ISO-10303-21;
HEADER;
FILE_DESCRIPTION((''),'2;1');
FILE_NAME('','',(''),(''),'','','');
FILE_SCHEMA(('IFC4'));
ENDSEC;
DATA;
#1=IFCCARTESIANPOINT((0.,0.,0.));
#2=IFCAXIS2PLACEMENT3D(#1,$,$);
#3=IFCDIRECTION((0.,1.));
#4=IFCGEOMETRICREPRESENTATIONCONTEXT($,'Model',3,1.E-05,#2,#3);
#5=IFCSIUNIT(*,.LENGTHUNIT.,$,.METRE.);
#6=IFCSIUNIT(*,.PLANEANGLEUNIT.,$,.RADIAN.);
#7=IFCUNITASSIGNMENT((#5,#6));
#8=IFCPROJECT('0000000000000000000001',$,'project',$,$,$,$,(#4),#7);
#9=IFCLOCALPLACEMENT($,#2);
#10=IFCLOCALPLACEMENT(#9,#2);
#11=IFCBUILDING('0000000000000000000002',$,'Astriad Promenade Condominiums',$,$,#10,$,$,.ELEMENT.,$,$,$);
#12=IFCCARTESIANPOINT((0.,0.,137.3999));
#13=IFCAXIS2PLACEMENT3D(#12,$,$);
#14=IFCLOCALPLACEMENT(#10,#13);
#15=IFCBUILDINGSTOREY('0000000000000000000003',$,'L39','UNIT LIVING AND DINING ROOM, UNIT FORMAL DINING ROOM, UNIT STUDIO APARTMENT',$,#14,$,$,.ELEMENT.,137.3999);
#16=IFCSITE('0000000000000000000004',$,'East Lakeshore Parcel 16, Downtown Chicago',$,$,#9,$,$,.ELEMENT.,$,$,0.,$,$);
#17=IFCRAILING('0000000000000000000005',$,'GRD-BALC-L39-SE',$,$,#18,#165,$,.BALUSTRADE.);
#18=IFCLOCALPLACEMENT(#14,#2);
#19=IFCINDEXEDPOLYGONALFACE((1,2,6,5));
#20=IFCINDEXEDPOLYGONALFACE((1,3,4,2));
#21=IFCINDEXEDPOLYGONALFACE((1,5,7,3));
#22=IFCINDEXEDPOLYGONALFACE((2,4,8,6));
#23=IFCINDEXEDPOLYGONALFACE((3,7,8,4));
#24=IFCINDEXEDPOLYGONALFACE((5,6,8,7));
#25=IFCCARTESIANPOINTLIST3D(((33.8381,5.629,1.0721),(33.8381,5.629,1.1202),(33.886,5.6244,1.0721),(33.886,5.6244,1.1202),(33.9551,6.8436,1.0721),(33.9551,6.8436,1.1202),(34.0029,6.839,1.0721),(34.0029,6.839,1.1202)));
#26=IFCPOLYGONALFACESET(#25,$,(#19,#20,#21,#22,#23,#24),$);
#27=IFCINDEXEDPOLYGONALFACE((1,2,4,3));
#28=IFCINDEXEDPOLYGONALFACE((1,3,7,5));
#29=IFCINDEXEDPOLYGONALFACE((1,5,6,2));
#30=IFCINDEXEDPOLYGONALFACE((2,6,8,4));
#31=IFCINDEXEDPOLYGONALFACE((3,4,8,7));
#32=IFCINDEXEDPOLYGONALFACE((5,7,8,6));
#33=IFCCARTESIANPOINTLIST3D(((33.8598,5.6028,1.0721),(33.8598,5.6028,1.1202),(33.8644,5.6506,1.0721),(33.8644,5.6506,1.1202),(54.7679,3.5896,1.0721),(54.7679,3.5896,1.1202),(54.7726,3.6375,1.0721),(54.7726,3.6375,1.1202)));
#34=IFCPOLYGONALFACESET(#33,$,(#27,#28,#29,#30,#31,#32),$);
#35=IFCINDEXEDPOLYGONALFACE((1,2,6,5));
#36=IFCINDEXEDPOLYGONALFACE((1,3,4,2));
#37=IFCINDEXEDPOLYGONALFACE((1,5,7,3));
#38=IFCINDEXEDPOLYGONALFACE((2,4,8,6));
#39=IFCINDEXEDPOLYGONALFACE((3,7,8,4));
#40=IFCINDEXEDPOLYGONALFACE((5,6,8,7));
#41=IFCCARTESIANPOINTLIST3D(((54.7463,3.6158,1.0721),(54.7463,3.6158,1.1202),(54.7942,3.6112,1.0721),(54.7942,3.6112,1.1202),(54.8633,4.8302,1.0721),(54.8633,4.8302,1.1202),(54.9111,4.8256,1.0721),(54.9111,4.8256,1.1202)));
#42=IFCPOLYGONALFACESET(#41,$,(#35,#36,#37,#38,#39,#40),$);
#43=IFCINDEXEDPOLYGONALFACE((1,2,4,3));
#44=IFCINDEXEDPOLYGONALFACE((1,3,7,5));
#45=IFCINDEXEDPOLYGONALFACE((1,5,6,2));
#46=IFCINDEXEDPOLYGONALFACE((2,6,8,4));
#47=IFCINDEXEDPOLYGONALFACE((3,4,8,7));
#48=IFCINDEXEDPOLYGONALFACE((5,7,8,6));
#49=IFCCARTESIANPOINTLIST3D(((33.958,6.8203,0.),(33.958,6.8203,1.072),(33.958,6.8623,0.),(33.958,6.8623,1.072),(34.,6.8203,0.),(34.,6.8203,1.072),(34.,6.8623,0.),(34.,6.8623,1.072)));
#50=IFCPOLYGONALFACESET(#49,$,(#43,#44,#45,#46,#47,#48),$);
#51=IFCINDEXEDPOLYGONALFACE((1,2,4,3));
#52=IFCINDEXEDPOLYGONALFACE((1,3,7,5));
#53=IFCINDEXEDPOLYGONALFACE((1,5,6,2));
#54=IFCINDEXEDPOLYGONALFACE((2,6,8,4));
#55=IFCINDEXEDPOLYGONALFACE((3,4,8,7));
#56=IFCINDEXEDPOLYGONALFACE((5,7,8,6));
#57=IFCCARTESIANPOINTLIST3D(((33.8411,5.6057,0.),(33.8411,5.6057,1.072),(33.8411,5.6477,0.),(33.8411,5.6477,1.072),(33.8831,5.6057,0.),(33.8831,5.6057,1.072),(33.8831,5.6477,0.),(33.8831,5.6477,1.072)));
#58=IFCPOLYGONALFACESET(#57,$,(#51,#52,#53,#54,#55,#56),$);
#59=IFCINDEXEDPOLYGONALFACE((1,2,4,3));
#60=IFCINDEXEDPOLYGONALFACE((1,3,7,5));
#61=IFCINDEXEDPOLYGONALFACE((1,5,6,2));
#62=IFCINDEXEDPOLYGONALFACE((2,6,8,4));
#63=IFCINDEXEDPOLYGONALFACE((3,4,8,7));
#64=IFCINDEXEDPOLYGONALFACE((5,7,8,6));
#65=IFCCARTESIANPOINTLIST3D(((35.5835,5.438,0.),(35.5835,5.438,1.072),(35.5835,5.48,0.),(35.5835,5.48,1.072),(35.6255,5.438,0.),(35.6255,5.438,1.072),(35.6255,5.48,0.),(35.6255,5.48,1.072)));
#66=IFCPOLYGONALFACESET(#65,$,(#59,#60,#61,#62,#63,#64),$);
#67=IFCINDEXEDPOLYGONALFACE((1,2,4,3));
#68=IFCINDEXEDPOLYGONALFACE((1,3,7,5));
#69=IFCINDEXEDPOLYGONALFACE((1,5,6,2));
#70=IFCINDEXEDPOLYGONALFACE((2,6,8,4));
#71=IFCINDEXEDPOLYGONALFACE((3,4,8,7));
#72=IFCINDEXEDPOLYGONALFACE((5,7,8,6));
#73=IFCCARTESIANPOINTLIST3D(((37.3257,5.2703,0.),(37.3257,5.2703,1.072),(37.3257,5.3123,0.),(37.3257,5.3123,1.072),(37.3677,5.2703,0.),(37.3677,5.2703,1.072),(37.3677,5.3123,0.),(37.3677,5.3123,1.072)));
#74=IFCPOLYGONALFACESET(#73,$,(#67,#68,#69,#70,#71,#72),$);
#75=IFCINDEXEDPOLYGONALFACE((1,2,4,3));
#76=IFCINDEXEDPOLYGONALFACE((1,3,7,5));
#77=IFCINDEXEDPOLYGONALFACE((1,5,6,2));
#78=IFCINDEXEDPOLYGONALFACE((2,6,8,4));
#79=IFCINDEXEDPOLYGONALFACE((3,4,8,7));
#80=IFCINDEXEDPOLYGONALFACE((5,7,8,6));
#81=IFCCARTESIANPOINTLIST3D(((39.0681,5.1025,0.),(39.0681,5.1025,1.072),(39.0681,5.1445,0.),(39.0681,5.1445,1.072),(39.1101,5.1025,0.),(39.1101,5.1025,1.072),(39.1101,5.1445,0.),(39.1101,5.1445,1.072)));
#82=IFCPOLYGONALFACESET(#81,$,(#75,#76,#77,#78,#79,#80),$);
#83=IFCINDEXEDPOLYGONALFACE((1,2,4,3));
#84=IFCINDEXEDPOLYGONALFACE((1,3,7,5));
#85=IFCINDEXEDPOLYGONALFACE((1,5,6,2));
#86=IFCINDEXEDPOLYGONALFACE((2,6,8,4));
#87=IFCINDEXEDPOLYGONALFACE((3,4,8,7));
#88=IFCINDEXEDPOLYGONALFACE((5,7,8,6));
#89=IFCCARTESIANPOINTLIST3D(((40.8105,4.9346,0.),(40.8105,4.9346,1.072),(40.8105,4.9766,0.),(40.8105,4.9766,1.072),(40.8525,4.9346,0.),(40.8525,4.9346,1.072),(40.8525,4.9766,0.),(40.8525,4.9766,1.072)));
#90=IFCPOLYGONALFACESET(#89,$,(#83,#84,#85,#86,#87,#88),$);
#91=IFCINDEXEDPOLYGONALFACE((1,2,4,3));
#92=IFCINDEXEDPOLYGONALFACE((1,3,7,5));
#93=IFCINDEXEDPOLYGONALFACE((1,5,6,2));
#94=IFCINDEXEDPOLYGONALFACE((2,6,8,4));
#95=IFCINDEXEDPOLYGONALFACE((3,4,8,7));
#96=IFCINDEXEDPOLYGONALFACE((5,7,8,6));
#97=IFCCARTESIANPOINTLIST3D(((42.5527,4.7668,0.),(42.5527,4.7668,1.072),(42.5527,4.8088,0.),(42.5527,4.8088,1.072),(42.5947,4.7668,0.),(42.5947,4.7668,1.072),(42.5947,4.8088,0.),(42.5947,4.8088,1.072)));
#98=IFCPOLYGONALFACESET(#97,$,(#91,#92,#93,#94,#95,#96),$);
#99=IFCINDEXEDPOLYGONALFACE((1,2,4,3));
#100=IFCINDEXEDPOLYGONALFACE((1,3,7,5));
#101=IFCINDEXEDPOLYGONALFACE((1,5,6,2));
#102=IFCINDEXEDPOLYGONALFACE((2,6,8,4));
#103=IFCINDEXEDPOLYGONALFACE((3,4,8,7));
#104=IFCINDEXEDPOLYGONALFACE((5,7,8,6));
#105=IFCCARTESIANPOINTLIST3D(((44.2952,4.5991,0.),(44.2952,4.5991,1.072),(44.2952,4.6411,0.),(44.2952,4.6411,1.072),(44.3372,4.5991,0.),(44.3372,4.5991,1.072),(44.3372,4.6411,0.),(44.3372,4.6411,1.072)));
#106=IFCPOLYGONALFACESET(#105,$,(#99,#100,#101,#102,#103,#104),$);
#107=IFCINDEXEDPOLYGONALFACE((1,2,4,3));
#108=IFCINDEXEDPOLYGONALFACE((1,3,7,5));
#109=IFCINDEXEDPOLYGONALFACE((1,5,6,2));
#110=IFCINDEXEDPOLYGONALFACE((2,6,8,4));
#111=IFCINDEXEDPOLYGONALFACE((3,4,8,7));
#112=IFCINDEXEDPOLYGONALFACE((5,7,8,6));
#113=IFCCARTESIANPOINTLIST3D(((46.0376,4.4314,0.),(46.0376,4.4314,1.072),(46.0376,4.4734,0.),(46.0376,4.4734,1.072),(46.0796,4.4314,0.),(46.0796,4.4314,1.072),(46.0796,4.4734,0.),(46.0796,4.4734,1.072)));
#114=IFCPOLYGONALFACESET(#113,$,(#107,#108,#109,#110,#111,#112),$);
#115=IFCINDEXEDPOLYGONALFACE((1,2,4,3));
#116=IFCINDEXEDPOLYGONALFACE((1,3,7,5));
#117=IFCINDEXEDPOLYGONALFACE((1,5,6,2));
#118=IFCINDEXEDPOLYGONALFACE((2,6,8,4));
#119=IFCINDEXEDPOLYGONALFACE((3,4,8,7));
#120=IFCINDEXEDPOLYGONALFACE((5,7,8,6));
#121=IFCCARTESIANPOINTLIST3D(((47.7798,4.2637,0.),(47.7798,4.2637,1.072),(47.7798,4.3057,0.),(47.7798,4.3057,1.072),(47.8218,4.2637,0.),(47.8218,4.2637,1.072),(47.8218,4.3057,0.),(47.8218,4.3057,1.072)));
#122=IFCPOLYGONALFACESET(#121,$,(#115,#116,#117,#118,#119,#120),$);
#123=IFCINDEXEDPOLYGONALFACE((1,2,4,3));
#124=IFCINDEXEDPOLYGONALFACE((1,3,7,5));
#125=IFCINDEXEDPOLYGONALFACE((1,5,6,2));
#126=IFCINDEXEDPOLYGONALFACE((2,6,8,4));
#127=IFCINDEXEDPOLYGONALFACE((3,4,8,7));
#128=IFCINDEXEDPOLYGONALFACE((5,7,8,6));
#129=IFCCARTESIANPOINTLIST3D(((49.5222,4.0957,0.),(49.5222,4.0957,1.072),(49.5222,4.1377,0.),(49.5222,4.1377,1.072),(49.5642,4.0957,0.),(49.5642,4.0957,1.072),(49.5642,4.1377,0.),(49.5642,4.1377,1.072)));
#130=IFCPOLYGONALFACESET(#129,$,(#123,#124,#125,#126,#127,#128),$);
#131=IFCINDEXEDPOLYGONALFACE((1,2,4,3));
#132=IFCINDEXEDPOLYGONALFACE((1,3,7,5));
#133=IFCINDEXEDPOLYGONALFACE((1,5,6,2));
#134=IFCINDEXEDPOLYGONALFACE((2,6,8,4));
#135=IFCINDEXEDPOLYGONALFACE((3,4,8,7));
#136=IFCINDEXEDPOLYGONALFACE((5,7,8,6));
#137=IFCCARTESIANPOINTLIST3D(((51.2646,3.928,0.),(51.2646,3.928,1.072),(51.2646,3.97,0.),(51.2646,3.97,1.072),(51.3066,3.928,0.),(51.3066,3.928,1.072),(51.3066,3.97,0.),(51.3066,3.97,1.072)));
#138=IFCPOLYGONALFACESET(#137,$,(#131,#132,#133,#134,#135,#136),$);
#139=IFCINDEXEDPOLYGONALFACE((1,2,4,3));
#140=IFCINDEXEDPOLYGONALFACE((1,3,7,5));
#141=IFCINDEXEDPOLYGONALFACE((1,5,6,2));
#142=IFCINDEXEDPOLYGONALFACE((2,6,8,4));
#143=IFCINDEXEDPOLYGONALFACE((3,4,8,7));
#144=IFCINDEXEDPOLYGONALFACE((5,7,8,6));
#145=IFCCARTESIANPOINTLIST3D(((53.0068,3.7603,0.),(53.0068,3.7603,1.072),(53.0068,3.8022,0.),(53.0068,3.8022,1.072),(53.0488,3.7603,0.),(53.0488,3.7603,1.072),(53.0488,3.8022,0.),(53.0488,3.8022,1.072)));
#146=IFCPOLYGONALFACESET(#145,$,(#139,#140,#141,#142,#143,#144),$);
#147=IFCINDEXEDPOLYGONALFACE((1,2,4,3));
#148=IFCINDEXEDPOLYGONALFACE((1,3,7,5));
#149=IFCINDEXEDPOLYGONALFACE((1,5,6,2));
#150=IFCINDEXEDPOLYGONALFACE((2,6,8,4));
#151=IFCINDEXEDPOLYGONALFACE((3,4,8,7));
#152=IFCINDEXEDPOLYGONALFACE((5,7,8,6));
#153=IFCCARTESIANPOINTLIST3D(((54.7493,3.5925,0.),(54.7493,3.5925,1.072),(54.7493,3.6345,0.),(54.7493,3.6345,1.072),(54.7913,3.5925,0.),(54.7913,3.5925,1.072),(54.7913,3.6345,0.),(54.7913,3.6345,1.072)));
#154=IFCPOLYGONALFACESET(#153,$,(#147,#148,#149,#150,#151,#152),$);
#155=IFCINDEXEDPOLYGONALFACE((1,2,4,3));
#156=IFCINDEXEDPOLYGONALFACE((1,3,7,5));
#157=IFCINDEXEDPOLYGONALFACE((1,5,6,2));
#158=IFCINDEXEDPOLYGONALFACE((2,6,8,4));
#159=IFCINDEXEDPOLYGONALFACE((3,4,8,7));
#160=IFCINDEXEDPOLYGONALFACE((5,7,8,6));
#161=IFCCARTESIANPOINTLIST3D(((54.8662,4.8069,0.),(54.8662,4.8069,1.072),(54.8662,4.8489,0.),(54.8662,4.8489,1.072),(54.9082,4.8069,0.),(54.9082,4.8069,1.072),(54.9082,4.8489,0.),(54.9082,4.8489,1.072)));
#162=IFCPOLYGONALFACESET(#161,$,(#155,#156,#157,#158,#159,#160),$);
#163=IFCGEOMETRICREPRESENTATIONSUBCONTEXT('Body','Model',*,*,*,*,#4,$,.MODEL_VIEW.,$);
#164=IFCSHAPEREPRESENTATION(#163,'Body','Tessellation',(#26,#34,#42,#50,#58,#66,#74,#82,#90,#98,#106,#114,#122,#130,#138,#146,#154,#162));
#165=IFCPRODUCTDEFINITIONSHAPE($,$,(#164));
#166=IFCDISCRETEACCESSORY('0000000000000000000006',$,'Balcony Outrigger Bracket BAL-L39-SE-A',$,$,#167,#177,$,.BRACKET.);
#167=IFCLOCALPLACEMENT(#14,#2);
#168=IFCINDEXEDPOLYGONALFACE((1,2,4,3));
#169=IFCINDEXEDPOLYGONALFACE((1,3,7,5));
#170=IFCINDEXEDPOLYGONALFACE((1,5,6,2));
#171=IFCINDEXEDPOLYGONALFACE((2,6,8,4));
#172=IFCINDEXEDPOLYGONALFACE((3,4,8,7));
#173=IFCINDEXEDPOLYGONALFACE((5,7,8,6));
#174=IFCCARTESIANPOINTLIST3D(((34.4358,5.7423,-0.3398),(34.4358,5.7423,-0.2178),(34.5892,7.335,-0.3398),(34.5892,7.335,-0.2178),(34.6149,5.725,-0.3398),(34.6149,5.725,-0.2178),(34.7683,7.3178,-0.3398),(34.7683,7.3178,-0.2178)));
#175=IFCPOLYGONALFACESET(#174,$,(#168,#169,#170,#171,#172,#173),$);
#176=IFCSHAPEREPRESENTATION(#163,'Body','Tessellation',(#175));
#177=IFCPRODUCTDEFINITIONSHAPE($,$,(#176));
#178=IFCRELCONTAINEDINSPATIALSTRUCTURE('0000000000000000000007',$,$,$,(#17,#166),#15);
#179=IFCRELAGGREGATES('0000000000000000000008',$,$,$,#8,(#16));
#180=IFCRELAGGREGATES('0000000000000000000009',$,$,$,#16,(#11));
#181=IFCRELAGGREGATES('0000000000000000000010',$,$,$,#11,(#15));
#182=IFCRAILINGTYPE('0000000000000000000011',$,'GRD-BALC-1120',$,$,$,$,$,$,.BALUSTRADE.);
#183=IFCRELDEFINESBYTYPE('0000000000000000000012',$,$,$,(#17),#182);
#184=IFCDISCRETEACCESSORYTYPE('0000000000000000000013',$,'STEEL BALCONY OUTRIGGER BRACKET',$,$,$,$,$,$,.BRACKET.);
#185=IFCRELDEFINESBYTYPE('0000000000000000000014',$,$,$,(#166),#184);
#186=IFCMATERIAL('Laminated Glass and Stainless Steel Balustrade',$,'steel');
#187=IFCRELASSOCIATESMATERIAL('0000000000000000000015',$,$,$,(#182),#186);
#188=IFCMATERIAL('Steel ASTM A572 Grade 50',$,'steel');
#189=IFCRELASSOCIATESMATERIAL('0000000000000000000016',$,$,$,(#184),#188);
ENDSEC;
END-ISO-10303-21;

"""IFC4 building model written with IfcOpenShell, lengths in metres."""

from ifc_helpers import new_model, si_unit, direction, frame, origin, origin_2d, place, context, subcontext, project, spatial, rectangle, extrude, source, transform, mapped, material, type_object, type_shapes, element, save


model = new_model("IFC4")

# Units and contexts
model_context = context("Model", 3, precision=1e-05, world=origin(), true_north=direction((0.0, 1.0)))
body_context = subcontext(model_context, "Body", "Model", "MODEL_VIEW")
ifc_project = project(units=[si_unit("LENGTHUNIT", "METRE"), si_unit("PLANEANGLEUNIT", "RADIAN")], contexts=[model_context])

# Site, building, storey
site_placement = place(None, origin())
site = spatial("IfcSite", under=ifc_project, at=site_placement, Name="East Lakeshore Parcel 16, Downtown Chicago", CompositionType="ELEMENT", RefElevation=0.0)
building_placement = place(site_placement, origin())
building = spatial("IfcBuilding", under=site, at=building_placement, Name="Astriad Promenade Condominiums", CompositionType="ELEMENT")
storey_placement = place(building_placement, frame((0.0, 0.0, 137.3999)))
storey = spatial("IfcBuildingStorey", under=building, at=storey_placement, Name="L39", Description="UNIT LIVING AND DINING ROOM, UNIT FORMAL DINING ROOM, UNIT STUDIO APARTMENT", CompositionType="ELEMENT", Elevation=137.3999)

# Railing
ifc_material_1 = material(Name="Laminated Glass and Stainless Steel Balustrade", Category="steel")
railing_type = type_object("IfcRailingType", Name="GRD-BALC-1120", PredefinedType="BALUSTRADE", material=ifc_material_1)
shared_shape_1 = source(origin(), body_context, "Body", "SweptSolid", [
    extrude(rectangle(XDim=0.0481, YDim=0.0481, at=origin_2d()), frame((0.0, 0.0, 1.0962), z_axis=(-0.095838, -0.995397, 0.0), x_axis=(0.995397, -0.095838, 0.0)), (0.0, 0.0, 1.0), 1.2202),
    extrude(rectangle(XDim=0.0481, YDim=0.0481, at=origin_2d()), frame((-0.1169, -1.2146, 1.0962), z_axis=(0.995396, -0.095844, 0.0), x_axis=(0.095844, 0.995396, 0.0)), (0.0, 0.0, 1.0), 21.0049),
    extrude(rectangle(XDim=0.0481, YDim=0.0481, at=origin_2d()), frame((20.7913, -3.2278, 1.0962), z_axis=(0.095857, 0.995395, 0.0), x_axis=(-0.995395, 0.095857, 0.0)), (0.0, 0.0, 1.0), 1.22),
    extrude(rectangle(XDim=0.042, YDim=0.042, at=origin_2d()), origin(), (0.0, 0.0, 1.0), 1.072),
    extrude(rectangle(XDim=0.042, YDim=0.042, at=origin_2d()), frame((-0.1169, -1.2146, 0.0)), (0.0, 0.0, 1.0), 1.072),
    extrude(rectangle(XDim=0.042, YDim=0.042, at=origin_2d()), frame((1.6255, -1.3823, 0.0)), (0.0, 0.0, 1.0), 1.072),
    extrude(rectangle(XDim=0.042, YDim=0.042, at=origin_2d()), frame((3.3677, -1.55, 0.0)), (0.0, 0.0, 1.0), 1.072),
    extrude(rectangle(XDim=0.042, YDim=0.042, at=origin_2d()), frame((5.1101, -1.7178, 0.0)), (0.0, 0.0, 1.0), 1.072),
    extrude(rectangle(XDim=0.042, YDim=0.042, at=origin_2d()), frame((6.8525, -1.8857, 0.0)), (0.0, 0.0, 1.0), 1.072),
    extrude(rectangle(XDim=0.042, YDim=0.042, at=origin_2d()), frame((8.5947, -2.0535, 0.0)), (0.0, 0.0, 1.0), 1.072),
    extrude(rectangle(XDim=0.042, YDim=0.042, at=origin_2d()), frame((10.3372, -2.2212, 0.0)), (0.0, 0.0, 1.0), 1.072),
    extrude(rectangle(XDim=0.042, YDim=0.042, at=origin_2d()), frame((12.0796, -2.3889, 0.0)), (0.0, 0.0, 1.0), 1.072),
    extrude(rectangle(XDim=0.042, YDim=0.042, at=origin_2d()), frame((13.8218, -2.5566, 0.0)), (0.0, 0.0, 1.0), 1.072),
    extrude(rectangle(XDim=0.042, YDim=0.042, at=origin_2d()), frame((15.5642, -2.7246, 0.0)), (0.0, 0.0, 1.0), 1.072),
    extrude(rectangle(XDim=0.042, YDim=0.042, at=origin_2d()), frame((17.3066, -2.8923, 0.0)), (0.0, 0.0, 1.0), 1.072),
    extrude(rectangle(XDim=0.042, YDim=0.042, at=origin_2d()), frame((19.0488, -3.0601, 0.0)), (0.0, 0.0, 1.0), 1.072),
    extrude(rectangle(XDim=0.042, YDim=0.042, at=origin_2d()), frame((20.7913, -3.2278, 0.0)), (0.0, 0.0, 1.0), 1.072),
    extrude(rectangle(XDim=0.042, YDim=0.042, at=origin_2d()), frame((20.9082, -2.0134, 0.0)), (0.0, 0.0, 1.0), 1.072),
])
type_shapes(railing_type, [shared_shape_1])
railing_placement = place(storey_placement, frame((33.979, 6.8413, 0.0)))
element("IfcRailing", 1, at=railing_placement, inside=storey, type_object=railing_type, Name="GRD-BALC-L39-SE", PredefinedType="BALUSTRADE", context=body_context, shape_type="MappedRepresentation", body=[
    mapped(shared_shape_1, transform((0.0, 0.0, 0.0), scale=1.0)),
])

# Discrete accessory
ifc_material_2 = material(Name="Steel ASTM A572 Grade 50", Category="steel")
discrete_accessory_type = type_object("IfcDiscreteAccessoryType", Name="STEEL BALCONY OUTRIGGER BRACKET", PredefinedType="BRACKET", material=ifc_material_2)
shared_shape_2 = source(origin(), body_context, "Body", "SweptSolid", [
    extrude(rectangle(XDim=1.6001, YDim=0.1799, at=origin_2d()), origin(), (0.0, 0.0, 1.0), 0.1221),
])
type_shapes(discrete_accessory_type, [shared_shape_2])
discrete_accessory_placement = place(storey_placement, frame((34.6021, 6.53, -0.3398), z_axis=(0.0, 0.0, 1.0), x_axis=(-0.095846, -0.995396, 0.0)))
element("IfcDiscreteAccessory", 2, at=discrete_accessory_placement, inside=storey, type_object=discrete_accessory_type, Name="Balcony Outrigger Bracket BAL-L39-SE-A", PredefinedType="BRACKET", context=body_context, shape_type="MappedRepresentation", body=[
    mapped(shared_shape_2, transform((0.0, 0.0, 0.0), scale=1.0)),
])

save(model, "model.ifc")
